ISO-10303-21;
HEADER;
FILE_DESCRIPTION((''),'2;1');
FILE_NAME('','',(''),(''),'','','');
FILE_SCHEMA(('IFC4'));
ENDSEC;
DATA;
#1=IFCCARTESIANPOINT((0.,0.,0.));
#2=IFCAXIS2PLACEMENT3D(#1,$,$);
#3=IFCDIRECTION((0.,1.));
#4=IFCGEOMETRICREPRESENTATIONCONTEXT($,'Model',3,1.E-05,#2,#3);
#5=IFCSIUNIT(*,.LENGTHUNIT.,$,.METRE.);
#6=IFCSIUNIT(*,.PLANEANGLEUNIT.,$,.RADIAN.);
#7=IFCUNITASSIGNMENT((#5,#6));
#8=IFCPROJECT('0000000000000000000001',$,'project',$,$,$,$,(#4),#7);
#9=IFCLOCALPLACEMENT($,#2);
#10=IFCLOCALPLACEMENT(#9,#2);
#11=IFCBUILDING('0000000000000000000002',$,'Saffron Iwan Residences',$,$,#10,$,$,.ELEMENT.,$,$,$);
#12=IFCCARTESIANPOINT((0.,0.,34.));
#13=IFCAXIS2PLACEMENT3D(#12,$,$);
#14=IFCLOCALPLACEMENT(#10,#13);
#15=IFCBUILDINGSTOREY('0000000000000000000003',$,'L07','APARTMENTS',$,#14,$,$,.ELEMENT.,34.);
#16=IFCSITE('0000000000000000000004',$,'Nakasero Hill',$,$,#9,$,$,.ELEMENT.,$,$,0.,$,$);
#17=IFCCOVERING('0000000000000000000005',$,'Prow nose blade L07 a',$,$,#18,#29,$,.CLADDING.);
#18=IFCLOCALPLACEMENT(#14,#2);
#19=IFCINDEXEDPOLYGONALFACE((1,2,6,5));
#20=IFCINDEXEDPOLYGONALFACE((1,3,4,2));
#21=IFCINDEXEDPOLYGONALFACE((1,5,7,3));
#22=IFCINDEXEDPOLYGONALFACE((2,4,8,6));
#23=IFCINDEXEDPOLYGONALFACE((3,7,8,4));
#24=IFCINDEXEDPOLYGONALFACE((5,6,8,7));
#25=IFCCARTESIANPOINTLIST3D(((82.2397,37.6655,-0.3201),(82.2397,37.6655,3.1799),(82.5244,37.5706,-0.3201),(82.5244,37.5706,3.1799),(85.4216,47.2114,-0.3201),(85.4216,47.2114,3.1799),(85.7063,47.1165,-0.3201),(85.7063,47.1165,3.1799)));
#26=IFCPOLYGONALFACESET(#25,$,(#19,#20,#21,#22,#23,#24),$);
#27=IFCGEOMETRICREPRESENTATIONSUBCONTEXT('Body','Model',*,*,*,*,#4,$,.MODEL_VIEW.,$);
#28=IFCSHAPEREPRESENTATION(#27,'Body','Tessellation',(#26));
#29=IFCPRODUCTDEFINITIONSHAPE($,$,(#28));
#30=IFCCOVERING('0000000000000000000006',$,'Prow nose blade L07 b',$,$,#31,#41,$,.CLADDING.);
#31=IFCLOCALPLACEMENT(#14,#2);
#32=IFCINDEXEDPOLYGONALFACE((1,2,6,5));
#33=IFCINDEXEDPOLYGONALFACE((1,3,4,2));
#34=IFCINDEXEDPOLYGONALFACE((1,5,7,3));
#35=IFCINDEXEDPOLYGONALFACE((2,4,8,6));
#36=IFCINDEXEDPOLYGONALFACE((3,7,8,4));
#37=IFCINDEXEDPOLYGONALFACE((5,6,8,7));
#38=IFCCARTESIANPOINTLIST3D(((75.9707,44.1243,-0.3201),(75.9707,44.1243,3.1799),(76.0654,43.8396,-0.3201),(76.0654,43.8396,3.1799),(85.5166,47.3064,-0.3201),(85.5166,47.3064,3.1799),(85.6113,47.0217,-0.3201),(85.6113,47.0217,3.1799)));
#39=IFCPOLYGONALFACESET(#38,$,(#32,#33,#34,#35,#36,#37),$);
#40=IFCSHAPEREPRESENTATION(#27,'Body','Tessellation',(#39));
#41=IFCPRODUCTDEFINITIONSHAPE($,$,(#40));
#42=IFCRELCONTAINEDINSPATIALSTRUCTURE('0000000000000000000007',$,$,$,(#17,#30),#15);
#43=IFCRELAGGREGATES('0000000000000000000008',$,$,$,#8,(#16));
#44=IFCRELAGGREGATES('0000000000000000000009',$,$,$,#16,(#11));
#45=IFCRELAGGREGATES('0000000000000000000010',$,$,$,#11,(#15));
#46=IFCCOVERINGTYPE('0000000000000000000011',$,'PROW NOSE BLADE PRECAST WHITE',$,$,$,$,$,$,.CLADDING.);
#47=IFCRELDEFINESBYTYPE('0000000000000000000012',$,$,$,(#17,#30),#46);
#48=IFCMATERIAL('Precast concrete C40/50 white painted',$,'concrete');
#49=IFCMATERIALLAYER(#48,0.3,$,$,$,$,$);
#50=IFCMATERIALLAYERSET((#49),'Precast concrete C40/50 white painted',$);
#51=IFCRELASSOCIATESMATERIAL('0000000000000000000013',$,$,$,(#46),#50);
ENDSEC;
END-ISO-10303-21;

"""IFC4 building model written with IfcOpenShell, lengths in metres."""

from ifc_helpers import new_model, si_unit, direction, frame, origin, place, context, subcontext, project, spatial, polyline, outline, extrude, material, layer, layer_set, type_object, element, save


model = new_model("IFC4")

# Units and contexts
model_context = context("Model", 3, precision=1e-05, world=origin(), true_north=direction((0.0, 1.0)))
body_context = subcontext(model_context, "Body", "Model", "MODEL_VIEW")
ifc_project = project(units=[si_unit("LENGTHUNIT", "METRE"), si_unit("PLANEANGLEUNIT", "RADIAN")], contexts=[model_context])

# Site, building, storey
site_placement = place(None, origin())
site = spatial("IfcSite", under=ifc_project, at=site_placement, Name="Nakasero Hill", CompositionType="ELEMENT", RefElevation=0.0)
building_placement = place(site_placement, origin())
building = spatial("IfcBuilding", under=site, at=building_placement, Name="Saffron Iwan Residences", CompositionType="ELEMENT")
storey_placement = place(building_placement, frame((0.0, 0.0, 34.0)))
storey = spatial("IfcBuildingStorey", under=building, at=storey_placement, Name="L07", Description="APARTMENTS", CompositionType="ELEMENT", Elevation=34.0)

# Coverings
ifc_material_1 = material(Name="Precast concrete C40/50 white painted", Category="concrete")
ifc_layer_1 = layer(ifc_material_1, 0.3)
ifc_layer_set_1 = layer_set([ifc_layer_1], Name="Precast concrete C40/50 white painted")
covering_type_1 = type_object("IfcCoveringType", Name="PROW NOSE BLADE PRECAST WHITE", PredefinedType="CLADDING", material=ifc_layer_set_1)
covering_1_placement = place(storey_placement, frame((0.0, 0.0, -0.3201)))
element("IfcCovering", 1, at=covering_1_placement, inside=storey, type_object=covering_type_1, Name="Prow nose blade L07 a", PredefinedType="CLADDING", context=body_context, shape_type="SweptSolid", body=[
    extrude(outline(polyline([(82.5244, 37.5706), (85.7063, 47.1165), (85.4216, 47.2114), (82.2397, 37.6655), (82.5244, 37.5706)])), origin(), (0.0, 0.0, 1.0), 3.5),
])
covering_2_placement = place(storey_placement, frame((0.0, 0.0, -0.3201)))
element("IfcCovering", 2, at=covering_2_placement, inside=storey, type_object=covering_type_1, Name="Prow nose blade L07 b", PredefinedType="CLADDING", context=body_context, shape_type="SweptSolid", body=[
    extrude(outline(polyline([(76.0654, 43.8396), (85.6113, 47.0217), (85.5166, 47.3064), (75.9707, 44.1243), (76.0654, 43.8396)])), origin(), (0.0, 0.0, 1.0), 3.5),
])

save(model, "model.ifc")
